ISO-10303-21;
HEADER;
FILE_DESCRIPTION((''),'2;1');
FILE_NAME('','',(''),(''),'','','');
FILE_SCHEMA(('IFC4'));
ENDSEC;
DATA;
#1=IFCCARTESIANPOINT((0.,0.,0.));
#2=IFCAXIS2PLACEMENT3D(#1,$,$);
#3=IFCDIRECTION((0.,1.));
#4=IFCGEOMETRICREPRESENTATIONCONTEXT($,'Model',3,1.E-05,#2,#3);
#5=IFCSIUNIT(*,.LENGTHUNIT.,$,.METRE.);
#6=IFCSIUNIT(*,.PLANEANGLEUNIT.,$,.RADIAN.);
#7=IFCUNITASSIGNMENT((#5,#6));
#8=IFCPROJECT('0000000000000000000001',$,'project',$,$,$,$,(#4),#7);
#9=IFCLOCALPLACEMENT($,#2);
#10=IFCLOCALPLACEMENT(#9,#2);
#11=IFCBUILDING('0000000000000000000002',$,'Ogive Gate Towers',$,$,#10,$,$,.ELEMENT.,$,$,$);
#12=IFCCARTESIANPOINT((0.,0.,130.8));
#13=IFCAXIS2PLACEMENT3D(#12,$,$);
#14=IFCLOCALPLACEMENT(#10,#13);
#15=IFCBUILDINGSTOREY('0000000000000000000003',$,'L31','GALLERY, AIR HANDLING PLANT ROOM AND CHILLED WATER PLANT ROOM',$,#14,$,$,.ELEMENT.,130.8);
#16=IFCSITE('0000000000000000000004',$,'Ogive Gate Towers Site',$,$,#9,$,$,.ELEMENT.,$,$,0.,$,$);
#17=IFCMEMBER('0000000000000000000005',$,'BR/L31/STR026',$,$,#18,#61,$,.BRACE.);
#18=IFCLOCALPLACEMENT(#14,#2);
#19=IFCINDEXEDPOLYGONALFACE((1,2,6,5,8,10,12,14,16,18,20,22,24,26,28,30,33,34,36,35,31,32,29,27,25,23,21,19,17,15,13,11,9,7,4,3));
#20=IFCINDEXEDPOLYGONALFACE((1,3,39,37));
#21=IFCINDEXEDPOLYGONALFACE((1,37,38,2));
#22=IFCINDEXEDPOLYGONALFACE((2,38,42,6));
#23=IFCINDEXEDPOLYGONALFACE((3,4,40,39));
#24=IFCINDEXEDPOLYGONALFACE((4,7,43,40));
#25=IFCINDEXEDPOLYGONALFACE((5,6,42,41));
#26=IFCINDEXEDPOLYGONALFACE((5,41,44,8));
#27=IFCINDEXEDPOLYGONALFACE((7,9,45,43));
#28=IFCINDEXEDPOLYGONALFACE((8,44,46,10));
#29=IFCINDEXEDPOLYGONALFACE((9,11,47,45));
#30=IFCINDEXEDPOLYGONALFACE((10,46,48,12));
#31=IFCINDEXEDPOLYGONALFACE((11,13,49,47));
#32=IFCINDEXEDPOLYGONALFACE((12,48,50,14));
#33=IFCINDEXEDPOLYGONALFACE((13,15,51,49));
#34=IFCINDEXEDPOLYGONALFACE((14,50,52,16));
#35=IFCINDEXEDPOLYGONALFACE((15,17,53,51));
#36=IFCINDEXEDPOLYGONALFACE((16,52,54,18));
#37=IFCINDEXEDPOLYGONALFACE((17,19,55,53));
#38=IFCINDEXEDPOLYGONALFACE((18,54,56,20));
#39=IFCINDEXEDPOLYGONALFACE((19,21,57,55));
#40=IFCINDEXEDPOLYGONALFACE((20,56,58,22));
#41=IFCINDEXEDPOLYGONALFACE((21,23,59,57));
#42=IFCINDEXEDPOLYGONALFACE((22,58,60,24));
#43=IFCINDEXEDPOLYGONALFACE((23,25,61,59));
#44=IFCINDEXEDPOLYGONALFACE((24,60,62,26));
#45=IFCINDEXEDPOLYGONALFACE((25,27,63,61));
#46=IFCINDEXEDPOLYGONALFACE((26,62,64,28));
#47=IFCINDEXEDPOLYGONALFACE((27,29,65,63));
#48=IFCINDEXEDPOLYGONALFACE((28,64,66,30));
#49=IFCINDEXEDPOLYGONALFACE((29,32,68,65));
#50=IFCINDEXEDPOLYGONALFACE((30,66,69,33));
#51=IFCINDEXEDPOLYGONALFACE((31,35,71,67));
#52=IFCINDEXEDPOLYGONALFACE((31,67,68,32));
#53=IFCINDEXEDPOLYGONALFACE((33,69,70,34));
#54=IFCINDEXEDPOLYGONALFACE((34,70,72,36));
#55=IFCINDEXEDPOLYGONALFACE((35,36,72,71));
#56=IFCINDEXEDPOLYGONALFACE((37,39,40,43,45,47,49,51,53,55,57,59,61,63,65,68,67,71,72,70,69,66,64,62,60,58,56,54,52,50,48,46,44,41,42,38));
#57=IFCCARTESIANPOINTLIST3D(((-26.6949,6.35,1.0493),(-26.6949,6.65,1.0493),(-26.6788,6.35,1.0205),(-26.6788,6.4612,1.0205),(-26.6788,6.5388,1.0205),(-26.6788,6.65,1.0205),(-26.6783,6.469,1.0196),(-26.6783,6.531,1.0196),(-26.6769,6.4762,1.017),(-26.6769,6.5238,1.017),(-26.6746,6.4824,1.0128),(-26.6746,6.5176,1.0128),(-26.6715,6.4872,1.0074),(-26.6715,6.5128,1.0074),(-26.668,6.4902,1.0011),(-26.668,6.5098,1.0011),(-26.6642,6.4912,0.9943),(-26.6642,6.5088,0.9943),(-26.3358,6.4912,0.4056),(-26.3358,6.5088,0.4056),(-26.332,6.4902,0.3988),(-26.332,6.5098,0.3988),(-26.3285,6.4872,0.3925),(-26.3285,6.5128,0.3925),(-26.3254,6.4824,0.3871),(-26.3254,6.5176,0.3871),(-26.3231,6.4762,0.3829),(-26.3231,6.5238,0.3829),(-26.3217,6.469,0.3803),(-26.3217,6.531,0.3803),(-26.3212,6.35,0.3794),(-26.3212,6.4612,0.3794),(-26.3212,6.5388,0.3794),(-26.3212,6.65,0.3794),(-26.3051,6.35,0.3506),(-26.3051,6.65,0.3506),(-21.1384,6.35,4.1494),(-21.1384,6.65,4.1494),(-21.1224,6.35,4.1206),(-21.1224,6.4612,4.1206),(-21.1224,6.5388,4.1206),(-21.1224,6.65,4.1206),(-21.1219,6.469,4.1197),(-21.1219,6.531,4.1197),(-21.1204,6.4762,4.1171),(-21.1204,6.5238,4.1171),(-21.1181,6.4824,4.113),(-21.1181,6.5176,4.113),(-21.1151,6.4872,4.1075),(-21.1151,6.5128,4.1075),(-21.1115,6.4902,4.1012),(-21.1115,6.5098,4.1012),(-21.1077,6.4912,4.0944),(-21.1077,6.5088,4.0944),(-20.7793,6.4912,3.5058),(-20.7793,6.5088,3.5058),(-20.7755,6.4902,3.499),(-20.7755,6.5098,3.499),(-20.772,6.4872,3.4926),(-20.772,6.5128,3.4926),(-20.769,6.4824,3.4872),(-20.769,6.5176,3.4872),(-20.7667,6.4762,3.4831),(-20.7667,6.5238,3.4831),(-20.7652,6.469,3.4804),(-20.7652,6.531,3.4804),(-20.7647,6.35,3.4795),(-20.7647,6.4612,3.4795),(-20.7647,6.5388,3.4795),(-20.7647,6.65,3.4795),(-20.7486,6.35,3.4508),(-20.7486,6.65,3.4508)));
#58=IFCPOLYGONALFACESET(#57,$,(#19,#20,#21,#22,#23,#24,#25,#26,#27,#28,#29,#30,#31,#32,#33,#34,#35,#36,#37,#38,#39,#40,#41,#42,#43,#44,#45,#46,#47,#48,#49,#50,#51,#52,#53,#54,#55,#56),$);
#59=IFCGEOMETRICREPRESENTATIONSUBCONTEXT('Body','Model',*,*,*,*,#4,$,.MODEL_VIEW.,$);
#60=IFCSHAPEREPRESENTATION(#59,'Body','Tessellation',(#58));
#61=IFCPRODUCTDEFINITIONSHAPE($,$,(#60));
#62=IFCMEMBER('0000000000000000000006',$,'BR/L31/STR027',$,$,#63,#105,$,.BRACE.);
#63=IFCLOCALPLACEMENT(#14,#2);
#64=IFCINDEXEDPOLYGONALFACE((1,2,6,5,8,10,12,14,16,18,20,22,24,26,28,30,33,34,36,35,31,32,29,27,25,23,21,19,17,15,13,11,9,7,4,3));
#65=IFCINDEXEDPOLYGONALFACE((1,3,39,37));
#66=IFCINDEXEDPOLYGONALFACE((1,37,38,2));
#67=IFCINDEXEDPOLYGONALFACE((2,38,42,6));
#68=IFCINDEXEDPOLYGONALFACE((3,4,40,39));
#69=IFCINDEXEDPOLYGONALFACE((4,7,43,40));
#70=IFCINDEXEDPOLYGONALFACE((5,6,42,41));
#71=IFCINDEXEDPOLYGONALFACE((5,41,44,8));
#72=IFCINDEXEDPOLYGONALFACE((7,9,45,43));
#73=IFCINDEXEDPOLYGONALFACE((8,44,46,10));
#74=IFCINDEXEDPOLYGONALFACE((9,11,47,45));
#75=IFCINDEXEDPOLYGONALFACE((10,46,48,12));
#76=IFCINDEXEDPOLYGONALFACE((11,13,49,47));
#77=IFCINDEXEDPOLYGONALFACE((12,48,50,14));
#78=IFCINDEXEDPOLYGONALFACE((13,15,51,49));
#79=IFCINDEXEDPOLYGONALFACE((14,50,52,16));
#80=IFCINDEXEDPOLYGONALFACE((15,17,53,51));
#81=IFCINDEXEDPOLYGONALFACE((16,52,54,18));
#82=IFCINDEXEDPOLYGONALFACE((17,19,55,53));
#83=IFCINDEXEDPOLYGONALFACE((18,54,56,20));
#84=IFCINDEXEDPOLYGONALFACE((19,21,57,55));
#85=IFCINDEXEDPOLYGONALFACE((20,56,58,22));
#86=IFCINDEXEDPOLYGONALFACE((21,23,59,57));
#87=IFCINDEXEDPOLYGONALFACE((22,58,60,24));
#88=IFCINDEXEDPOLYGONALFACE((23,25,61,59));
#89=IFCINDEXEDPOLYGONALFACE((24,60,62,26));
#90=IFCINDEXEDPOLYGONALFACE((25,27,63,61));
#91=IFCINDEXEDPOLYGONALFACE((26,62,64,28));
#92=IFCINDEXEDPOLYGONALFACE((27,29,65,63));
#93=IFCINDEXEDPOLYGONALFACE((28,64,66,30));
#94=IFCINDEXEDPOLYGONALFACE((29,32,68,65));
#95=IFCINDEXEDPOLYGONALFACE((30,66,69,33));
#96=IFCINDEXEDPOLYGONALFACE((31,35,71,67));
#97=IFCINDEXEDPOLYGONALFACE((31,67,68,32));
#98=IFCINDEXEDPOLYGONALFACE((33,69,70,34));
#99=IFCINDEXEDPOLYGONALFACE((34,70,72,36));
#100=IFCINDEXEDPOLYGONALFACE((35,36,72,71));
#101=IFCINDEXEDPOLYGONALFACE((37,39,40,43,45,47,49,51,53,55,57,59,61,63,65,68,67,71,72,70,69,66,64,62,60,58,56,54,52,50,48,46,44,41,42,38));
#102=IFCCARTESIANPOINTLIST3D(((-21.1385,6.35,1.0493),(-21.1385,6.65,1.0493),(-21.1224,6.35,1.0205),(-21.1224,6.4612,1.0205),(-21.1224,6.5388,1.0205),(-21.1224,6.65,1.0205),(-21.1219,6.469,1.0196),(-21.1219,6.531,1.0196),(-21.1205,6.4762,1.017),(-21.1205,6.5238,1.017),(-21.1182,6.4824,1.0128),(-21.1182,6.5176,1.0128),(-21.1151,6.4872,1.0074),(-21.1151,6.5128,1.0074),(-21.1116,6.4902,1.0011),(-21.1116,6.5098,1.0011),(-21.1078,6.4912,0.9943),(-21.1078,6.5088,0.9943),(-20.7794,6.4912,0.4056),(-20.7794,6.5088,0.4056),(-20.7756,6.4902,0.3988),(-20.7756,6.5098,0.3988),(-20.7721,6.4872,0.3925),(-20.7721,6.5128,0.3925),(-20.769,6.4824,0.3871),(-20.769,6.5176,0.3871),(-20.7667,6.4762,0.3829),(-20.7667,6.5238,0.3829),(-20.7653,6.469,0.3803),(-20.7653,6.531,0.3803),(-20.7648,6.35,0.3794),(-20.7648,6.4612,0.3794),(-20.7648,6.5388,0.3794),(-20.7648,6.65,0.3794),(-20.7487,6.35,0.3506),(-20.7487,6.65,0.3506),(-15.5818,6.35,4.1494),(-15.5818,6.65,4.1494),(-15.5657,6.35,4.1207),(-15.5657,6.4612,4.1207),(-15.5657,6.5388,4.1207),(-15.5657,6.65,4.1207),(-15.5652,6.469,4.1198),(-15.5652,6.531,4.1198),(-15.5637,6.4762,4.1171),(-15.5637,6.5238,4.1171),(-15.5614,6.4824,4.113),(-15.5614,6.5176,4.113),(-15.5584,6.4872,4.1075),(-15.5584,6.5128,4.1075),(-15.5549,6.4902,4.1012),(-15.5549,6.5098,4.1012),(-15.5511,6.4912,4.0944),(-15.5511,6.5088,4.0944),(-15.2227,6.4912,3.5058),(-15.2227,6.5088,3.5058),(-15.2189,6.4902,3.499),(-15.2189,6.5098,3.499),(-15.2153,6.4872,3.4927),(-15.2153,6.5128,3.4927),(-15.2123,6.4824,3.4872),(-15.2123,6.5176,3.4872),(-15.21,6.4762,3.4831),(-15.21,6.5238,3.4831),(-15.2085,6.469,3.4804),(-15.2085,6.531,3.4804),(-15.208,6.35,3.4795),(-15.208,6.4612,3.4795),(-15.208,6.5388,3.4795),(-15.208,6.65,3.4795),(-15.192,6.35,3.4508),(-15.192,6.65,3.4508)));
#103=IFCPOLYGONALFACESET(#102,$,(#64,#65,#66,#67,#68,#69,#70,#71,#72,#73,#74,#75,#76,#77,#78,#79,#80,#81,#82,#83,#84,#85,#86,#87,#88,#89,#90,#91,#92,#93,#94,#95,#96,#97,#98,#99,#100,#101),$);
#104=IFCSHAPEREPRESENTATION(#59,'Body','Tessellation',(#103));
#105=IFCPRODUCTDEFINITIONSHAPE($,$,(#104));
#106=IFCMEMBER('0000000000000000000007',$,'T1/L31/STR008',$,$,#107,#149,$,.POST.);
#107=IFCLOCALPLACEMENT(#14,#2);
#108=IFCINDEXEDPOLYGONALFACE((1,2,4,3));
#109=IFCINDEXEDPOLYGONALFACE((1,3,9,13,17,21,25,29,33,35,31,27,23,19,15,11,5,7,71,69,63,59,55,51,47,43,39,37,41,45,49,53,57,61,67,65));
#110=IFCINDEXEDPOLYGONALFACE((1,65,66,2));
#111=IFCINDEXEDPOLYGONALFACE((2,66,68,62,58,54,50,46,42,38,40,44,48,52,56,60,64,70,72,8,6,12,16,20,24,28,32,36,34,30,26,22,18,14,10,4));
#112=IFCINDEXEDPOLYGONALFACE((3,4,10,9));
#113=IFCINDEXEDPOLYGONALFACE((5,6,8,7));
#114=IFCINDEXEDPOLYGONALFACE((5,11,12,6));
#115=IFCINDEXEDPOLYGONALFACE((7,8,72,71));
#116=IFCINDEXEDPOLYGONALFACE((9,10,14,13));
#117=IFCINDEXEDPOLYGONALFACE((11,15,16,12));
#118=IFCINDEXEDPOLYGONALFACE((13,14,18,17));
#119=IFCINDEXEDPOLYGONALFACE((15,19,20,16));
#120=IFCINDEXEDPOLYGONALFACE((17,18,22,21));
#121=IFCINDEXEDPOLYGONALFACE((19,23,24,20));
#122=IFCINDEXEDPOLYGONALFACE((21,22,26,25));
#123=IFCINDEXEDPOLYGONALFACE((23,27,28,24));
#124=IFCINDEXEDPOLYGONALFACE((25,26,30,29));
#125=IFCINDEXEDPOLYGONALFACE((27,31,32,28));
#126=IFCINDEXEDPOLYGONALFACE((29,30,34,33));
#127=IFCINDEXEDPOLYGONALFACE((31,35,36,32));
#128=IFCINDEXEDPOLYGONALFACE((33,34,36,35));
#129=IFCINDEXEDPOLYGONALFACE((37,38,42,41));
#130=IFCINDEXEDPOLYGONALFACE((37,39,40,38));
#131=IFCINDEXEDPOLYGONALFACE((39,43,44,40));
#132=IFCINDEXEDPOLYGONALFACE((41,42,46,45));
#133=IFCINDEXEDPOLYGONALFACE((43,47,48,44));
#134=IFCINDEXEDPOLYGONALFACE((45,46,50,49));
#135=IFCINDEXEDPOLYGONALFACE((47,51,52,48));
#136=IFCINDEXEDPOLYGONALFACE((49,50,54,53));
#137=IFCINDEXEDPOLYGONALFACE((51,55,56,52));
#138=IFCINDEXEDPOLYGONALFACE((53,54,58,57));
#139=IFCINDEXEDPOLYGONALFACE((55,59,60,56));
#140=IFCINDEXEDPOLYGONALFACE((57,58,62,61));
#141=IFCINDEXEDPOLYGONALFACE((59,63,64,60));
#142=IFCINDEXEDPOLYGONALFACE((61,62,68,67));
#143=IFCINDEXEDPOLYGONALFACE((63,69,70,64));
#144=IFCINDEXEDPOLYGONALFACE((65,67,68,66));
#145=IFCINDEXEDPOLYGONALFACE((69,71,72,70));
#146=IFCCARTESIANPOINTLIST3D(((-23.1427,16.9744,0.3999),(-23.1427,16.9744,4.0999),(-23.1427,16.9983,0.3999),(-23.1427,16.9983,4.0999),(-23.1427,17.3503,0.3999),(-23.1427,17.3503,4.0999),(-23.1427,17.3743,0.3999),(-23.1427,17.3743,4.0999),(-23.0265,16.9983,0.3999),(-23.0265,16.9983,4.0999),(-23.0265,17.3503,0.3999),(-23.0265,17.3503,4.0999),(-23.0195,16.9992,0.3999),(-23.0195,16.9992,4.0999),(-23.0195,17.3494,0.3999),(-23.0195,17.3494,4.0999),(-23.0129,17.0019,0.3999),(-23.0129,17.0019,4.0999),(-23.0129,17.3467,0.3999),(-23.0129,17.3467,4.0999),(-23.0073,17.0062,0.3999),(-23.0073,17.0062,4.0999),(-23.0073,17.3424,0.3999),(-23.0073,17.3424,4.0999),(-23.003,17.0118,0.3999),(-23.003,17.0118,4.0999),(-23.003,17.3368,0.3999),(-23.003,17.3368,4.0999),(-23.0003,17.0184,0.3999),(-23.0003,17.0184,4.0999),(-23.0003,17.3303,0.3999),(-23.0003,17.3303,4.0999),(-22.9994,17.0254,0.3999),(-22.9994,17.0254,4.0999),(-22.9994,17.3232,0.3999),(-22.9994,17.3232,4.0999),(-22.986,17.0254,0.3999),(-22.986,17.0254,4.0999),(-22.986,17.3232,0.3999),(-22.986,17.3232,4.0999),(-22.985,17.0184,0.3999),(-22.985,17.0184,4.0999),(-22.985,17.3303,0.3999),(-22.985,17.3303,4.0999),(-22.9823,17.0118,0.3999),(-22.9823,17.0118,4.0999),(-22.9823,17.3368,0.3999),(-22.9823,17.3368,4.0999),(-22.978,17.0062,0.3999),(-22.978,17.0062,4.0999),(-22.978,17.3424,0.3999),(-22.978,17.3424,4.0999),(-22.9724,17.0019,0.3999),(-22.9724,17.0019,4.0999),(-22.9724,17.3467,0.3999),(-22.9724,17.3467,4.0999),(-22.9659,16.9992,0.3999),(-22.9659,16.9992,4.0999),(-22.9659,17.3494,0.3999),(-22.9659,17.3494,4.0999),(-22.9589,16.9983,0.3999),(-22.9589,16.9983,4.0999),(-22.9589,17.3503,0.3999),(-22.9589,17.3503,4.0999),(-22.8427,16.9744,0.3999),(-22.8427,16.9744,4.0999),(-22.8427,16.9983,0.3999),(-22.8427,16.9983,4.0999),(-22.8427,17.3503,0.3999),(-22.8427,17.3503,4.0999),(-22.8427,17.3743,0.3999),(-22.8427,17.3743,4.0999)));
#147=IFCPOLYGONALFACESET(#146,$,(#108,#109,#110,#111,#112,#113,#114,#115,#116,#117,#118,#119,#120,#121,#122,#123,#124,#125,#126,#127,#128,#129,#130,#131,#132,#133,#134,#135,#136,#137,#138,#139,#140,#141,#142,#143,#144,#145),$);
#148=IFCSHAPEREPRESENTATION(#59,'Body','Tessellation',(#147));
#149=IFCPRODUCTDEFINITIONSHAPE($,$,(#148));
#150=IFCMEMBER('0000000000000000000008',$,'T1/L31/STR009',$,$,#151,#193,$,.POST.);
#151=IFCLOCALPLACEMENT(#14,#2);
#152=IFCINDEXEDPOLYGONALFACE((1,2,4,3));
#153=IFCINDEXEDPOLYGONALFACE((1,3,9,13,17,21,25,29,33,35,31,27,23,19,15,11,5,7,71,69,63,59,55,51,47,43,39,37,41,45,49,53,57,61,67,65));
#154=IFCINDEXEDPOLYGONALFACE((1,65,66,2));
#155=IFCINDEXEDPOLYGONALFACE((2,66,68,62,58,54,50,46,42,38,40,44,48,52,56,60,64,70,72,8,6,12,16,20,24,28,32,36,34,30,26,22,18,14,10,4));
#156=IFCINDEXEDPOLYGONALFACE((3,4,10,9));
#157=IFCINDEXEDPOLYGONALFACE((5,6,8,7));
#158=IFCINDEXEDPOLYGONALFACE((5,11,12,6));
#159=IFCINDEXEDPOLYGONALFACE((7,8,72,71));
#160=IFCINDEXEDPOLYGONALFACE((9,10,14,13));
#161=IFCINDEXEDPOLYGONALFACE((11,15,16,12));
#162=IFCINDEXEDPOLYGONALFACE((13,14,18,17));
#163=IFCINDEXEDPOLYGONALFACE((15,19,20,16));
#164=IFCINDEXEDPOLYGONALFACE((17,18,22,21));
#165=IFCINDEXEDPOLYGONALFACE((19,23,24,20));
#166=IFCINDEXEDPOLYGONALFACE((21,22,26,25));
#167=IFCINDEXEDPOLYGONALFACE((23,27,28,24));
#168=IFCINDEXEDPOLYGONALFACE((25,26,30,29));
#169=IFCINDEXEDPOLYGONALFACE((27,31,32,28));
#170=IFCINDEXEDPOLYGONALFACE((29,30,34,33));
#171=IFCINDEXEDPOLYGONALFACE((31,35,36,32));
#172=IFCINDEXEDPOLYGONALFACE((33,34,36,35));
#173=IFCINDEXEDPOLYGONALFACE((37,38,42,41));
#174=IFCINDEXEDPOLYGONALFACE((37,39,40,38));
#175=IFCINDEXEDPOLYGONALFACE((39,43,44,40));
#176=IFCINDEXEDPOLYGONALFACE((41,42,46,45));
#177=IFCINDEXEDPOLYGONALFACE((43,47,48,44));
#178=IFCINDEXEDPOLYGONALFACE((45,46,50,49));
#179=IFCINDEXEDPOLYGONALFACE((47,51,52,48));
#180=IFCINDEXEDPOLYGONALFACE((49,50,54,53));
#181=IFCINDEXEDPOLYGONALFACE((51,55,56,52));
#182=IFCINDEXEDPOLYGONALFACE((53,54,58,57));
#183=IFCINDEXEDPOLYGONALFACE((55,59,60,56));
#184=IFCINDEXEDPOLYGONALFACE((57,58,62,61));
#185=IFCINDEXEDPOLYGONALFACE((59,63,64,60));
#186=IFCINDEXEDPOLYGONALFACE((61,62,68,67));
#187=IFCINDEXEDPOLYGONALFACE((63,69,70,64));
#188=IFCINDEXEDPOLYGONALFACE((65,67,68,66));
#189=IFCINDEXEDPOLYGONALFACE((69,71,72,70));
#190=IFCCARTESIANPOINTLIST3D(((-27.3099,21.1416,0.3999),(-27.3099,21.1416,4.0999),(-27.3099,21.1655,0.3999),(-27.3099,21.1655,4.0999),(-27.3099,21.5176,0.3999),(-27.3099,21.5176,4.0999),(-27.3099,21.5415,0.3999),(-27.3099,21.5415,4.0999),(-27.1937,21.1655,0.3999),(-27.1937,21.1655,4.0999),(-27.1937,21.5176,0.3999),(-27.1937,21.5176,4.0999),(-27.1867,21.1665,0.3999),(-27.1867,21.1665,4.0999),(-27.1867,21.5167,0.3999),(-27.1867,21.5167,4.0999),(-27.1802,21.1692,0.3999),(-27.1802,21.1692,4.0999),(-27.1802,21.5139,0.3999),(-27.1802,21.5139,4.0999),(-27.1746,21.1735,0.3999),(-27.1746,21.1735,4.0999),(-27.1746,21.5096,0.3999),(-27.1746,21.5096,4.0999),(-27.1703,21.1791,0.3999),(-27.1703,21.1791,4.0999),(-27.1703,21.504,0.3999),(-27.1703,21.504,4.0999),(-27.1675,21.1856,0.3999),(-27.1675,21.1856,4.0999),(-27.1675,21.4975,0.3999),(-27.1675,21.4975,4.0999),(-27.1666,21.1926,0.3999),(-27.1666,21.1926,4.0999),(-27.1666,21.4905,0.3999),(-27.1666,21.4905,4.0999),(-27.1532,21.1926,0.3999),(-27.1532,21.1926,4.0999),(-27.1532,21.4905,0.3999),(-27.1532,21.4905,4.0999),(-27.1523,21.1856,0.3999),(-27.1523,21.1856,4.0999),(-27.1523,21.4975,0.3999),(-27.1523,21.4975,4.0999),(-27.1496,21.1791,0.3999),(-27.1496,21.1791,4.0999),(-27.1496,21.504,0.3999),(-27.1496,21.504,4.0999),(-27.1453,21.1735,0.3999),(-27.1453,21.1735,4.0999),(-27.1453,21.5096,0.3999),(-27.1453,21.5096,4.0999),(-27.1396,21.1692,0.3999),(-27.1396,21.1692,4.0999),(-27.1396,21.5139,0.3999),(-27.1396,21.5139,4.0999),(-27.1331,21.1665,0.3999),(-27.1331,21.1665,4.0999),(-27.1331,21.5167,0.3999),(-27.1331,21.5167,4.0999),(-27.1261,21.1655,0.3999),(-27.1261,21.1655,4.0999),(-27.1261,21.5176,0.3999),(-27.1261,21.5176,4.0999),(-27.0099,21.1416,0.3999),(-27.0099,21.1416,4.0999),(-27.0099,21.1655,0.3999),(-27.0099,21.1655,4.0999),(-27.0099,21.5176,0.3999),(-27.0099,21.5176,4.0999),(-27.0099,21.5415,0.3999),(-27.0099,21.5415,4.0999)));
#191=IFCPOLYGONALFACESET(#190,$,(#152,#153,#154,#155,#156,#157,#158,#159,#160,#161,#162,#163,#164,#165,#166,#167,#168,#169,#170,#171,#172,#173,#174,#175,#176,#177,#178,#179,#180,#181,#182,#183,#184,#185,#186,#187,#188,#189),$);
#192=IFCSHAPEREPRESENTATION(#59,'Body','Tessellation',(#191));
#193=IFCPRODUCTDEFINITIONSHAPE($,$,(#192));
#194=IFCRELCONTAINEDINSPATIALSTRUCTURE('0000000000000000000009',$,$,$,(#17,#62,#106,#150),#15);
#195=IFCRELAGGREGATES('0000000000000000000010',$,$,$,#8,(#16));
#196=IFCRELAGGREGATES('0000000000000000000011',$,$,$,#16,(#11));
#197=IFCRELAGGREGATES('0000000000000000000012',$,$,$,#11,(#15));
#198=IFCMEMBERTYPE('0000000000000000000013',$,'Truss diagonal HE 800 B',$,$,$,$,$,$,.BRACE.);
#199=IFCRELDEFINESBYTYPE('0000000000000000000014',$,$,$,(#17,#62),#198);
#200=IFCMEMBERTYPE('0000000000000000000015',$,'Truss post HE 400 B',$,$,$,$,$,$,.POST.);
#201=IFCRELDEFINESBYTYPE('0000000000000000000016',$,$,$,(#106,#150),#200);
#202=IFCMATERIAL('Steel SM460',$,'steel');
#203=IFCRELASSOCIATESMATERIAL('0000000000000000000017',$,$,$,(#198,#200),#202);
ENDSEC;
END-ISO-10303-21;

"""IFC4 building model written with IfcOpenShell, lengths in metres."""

from ifc_helpers import new_model, si_unit, direction, frame, origin, origin_2d, place, context, subcontext, project, spatial, i_section, extrude, material, material_profile, profile_set, type_object, element, save


model = new_model("IFC4")

# Units and contexts
model_context = context("Model", 3, precision=1e-05, world=origin(), true_north=direction((0.0, 1.0)))
body_context = subcontext(model_context, "Body", "Model", "MODEL_VIEW")
ifc_project = project(units=[si_unit("LENGTHUNIT", "METRE"), si_unit("PLANEANGLEUNIT", "RADIAN")], contexts=[model_context])

# Site, building, storey
site_placement = place(None, origin())
site = spatial("IfcSite", under=ifc_project, at=site_placement, Name="Ogive Gate Towers Site", CompositionType="ELEMENT", RefElevation=0.0)
building_placement = place(site_placement, origin())
building = spatial("IfcBuilding", under=site, at=building_placement, Name="Ogive Gate Towers", CompositionType="ELEMENT")
storey_placement = place(building_placement, frame((0.0, 0.0, 130.8)))
storey = spatial("IfcBuildingStorey", under=building, at=storey_placement, Name="L31", Description="GALLERY, AIR HANDLING PLANT ROOM AND CHILLED WATER PLANT ROOM", CompositionType="ELEMENT", Elevation=130.8)

# Shared definitions
ifc_material_1 = material(Name="Steel SM460", Category="steel")

# Members
ifc_material_profile_1 = material_profile(ifc_material_1, i_section(OverallWidth=0.3, OverallDepth=0.8, WebThickness=0.0176, FlangeThickness=0.033, FilletRadius=0.03, at=origin_2d()), Name="HE 800 B")
ifc_profile_set_1 = profile_set([ifc_material_profile_1], Name="Steel SM460")
member_type_1 = type_object("IfcMemberType", Name="Truss diagonal HE 800 B", PredefinedType="BRACE", material=ifc_profile_set_1)
member_1_placement = place(storey_placement, frame((-26.5, 6.5, 0.7), z_axis=(0.873274, 0.0, 0.487229), x_axis=(0.0, 1.0, 0.0)))
element("IfcMember", 1, at=member_1_placement, inside=storey, type_object=member_type_1, Name="BR/L31/STR026", PredefinedType="BRACE", context=body_context, shape_type="SweptSolid", body=[
    extrude(i_section(OverallWidth=0.3, OverallDepth=0.8, WebThickness=0.0176, FlangeThickness=0.033, FilletRadius=0.03, at=origin_2d()), origin(), (0.0, 0.0, 1.0), 6.3628),
])
member_2_placement = place(storey_placement, frame((-20.9436, 6.5, 0.7), z_axis=(0.873284, 0.0, 0.487212), x_axis=(0.0, 1.0, 0.0)))
element("IfcMember", 2, at=member_2_placement, inside=storey, type_object=member_type_1, Name="BR/L31/STR027", PredefinedType="BRACE", context=body_context, shape_type="SweptSolid", body=[
    extrude(i_section(OverallWidth=0.3, OverallDepth=0.8, WebThickness=0.0176, FlangeThickness=0.033, FilletRadius=0.03, at=origin_2d()), origin(), (0.0, 0.0, 1.0), 6.363),
])
ifc_material_profile_2 = material_profile(ifc_material_1, i_section(OverallWidth=0.3, OverallDepth=0.3999, WebThickness=0.0134, FlangeThickness=0.0239, FilletRadius=0.0271, at=origin_2d()), Name="HE 400 B")
ifc_profile_set_2 = profile_set([ifc_material_profile_2], Name="Steel SM460")
member_type_2 = type_object("IfcMemberType", Name="Truss post HE 400 B", PredefinedType="POST", material=ifc_profile_set_2)
for number, where, z_axis, x_axis, name in (
    (3, (-22.9927, 17.1743, 0.3999), (0.0, 0.0, 1.0), (1.0, 0.0, 0.0), "T1/L31/STR008"),
    (4, (-27.1599, 21.3416, 0.3999), (0.0, 0.0, 1.0), (1.0, 0.0, 0.0), "T1/L31/STR009"),
):
    element("IfcMember", number, at=place(storey_placement, frame(where, z_axis=z_axis, x_axis=x_axis)), inside=storey, type_object=member_type_2, Name=name, PredefinedType="POST", context=body_context, shape_type="SweptSolid", body=[
        extrude(i_section(OverallWidth=0.3, OverallDepth=0.3999, WebThickness=0.0134, FlangeThickness=0.0239, FilletRadius=0.0271, at=origin_2d()), origin(), (0.0, 0.0, 1.0), 3.7),
    ])

save(model, "model.ifc")
